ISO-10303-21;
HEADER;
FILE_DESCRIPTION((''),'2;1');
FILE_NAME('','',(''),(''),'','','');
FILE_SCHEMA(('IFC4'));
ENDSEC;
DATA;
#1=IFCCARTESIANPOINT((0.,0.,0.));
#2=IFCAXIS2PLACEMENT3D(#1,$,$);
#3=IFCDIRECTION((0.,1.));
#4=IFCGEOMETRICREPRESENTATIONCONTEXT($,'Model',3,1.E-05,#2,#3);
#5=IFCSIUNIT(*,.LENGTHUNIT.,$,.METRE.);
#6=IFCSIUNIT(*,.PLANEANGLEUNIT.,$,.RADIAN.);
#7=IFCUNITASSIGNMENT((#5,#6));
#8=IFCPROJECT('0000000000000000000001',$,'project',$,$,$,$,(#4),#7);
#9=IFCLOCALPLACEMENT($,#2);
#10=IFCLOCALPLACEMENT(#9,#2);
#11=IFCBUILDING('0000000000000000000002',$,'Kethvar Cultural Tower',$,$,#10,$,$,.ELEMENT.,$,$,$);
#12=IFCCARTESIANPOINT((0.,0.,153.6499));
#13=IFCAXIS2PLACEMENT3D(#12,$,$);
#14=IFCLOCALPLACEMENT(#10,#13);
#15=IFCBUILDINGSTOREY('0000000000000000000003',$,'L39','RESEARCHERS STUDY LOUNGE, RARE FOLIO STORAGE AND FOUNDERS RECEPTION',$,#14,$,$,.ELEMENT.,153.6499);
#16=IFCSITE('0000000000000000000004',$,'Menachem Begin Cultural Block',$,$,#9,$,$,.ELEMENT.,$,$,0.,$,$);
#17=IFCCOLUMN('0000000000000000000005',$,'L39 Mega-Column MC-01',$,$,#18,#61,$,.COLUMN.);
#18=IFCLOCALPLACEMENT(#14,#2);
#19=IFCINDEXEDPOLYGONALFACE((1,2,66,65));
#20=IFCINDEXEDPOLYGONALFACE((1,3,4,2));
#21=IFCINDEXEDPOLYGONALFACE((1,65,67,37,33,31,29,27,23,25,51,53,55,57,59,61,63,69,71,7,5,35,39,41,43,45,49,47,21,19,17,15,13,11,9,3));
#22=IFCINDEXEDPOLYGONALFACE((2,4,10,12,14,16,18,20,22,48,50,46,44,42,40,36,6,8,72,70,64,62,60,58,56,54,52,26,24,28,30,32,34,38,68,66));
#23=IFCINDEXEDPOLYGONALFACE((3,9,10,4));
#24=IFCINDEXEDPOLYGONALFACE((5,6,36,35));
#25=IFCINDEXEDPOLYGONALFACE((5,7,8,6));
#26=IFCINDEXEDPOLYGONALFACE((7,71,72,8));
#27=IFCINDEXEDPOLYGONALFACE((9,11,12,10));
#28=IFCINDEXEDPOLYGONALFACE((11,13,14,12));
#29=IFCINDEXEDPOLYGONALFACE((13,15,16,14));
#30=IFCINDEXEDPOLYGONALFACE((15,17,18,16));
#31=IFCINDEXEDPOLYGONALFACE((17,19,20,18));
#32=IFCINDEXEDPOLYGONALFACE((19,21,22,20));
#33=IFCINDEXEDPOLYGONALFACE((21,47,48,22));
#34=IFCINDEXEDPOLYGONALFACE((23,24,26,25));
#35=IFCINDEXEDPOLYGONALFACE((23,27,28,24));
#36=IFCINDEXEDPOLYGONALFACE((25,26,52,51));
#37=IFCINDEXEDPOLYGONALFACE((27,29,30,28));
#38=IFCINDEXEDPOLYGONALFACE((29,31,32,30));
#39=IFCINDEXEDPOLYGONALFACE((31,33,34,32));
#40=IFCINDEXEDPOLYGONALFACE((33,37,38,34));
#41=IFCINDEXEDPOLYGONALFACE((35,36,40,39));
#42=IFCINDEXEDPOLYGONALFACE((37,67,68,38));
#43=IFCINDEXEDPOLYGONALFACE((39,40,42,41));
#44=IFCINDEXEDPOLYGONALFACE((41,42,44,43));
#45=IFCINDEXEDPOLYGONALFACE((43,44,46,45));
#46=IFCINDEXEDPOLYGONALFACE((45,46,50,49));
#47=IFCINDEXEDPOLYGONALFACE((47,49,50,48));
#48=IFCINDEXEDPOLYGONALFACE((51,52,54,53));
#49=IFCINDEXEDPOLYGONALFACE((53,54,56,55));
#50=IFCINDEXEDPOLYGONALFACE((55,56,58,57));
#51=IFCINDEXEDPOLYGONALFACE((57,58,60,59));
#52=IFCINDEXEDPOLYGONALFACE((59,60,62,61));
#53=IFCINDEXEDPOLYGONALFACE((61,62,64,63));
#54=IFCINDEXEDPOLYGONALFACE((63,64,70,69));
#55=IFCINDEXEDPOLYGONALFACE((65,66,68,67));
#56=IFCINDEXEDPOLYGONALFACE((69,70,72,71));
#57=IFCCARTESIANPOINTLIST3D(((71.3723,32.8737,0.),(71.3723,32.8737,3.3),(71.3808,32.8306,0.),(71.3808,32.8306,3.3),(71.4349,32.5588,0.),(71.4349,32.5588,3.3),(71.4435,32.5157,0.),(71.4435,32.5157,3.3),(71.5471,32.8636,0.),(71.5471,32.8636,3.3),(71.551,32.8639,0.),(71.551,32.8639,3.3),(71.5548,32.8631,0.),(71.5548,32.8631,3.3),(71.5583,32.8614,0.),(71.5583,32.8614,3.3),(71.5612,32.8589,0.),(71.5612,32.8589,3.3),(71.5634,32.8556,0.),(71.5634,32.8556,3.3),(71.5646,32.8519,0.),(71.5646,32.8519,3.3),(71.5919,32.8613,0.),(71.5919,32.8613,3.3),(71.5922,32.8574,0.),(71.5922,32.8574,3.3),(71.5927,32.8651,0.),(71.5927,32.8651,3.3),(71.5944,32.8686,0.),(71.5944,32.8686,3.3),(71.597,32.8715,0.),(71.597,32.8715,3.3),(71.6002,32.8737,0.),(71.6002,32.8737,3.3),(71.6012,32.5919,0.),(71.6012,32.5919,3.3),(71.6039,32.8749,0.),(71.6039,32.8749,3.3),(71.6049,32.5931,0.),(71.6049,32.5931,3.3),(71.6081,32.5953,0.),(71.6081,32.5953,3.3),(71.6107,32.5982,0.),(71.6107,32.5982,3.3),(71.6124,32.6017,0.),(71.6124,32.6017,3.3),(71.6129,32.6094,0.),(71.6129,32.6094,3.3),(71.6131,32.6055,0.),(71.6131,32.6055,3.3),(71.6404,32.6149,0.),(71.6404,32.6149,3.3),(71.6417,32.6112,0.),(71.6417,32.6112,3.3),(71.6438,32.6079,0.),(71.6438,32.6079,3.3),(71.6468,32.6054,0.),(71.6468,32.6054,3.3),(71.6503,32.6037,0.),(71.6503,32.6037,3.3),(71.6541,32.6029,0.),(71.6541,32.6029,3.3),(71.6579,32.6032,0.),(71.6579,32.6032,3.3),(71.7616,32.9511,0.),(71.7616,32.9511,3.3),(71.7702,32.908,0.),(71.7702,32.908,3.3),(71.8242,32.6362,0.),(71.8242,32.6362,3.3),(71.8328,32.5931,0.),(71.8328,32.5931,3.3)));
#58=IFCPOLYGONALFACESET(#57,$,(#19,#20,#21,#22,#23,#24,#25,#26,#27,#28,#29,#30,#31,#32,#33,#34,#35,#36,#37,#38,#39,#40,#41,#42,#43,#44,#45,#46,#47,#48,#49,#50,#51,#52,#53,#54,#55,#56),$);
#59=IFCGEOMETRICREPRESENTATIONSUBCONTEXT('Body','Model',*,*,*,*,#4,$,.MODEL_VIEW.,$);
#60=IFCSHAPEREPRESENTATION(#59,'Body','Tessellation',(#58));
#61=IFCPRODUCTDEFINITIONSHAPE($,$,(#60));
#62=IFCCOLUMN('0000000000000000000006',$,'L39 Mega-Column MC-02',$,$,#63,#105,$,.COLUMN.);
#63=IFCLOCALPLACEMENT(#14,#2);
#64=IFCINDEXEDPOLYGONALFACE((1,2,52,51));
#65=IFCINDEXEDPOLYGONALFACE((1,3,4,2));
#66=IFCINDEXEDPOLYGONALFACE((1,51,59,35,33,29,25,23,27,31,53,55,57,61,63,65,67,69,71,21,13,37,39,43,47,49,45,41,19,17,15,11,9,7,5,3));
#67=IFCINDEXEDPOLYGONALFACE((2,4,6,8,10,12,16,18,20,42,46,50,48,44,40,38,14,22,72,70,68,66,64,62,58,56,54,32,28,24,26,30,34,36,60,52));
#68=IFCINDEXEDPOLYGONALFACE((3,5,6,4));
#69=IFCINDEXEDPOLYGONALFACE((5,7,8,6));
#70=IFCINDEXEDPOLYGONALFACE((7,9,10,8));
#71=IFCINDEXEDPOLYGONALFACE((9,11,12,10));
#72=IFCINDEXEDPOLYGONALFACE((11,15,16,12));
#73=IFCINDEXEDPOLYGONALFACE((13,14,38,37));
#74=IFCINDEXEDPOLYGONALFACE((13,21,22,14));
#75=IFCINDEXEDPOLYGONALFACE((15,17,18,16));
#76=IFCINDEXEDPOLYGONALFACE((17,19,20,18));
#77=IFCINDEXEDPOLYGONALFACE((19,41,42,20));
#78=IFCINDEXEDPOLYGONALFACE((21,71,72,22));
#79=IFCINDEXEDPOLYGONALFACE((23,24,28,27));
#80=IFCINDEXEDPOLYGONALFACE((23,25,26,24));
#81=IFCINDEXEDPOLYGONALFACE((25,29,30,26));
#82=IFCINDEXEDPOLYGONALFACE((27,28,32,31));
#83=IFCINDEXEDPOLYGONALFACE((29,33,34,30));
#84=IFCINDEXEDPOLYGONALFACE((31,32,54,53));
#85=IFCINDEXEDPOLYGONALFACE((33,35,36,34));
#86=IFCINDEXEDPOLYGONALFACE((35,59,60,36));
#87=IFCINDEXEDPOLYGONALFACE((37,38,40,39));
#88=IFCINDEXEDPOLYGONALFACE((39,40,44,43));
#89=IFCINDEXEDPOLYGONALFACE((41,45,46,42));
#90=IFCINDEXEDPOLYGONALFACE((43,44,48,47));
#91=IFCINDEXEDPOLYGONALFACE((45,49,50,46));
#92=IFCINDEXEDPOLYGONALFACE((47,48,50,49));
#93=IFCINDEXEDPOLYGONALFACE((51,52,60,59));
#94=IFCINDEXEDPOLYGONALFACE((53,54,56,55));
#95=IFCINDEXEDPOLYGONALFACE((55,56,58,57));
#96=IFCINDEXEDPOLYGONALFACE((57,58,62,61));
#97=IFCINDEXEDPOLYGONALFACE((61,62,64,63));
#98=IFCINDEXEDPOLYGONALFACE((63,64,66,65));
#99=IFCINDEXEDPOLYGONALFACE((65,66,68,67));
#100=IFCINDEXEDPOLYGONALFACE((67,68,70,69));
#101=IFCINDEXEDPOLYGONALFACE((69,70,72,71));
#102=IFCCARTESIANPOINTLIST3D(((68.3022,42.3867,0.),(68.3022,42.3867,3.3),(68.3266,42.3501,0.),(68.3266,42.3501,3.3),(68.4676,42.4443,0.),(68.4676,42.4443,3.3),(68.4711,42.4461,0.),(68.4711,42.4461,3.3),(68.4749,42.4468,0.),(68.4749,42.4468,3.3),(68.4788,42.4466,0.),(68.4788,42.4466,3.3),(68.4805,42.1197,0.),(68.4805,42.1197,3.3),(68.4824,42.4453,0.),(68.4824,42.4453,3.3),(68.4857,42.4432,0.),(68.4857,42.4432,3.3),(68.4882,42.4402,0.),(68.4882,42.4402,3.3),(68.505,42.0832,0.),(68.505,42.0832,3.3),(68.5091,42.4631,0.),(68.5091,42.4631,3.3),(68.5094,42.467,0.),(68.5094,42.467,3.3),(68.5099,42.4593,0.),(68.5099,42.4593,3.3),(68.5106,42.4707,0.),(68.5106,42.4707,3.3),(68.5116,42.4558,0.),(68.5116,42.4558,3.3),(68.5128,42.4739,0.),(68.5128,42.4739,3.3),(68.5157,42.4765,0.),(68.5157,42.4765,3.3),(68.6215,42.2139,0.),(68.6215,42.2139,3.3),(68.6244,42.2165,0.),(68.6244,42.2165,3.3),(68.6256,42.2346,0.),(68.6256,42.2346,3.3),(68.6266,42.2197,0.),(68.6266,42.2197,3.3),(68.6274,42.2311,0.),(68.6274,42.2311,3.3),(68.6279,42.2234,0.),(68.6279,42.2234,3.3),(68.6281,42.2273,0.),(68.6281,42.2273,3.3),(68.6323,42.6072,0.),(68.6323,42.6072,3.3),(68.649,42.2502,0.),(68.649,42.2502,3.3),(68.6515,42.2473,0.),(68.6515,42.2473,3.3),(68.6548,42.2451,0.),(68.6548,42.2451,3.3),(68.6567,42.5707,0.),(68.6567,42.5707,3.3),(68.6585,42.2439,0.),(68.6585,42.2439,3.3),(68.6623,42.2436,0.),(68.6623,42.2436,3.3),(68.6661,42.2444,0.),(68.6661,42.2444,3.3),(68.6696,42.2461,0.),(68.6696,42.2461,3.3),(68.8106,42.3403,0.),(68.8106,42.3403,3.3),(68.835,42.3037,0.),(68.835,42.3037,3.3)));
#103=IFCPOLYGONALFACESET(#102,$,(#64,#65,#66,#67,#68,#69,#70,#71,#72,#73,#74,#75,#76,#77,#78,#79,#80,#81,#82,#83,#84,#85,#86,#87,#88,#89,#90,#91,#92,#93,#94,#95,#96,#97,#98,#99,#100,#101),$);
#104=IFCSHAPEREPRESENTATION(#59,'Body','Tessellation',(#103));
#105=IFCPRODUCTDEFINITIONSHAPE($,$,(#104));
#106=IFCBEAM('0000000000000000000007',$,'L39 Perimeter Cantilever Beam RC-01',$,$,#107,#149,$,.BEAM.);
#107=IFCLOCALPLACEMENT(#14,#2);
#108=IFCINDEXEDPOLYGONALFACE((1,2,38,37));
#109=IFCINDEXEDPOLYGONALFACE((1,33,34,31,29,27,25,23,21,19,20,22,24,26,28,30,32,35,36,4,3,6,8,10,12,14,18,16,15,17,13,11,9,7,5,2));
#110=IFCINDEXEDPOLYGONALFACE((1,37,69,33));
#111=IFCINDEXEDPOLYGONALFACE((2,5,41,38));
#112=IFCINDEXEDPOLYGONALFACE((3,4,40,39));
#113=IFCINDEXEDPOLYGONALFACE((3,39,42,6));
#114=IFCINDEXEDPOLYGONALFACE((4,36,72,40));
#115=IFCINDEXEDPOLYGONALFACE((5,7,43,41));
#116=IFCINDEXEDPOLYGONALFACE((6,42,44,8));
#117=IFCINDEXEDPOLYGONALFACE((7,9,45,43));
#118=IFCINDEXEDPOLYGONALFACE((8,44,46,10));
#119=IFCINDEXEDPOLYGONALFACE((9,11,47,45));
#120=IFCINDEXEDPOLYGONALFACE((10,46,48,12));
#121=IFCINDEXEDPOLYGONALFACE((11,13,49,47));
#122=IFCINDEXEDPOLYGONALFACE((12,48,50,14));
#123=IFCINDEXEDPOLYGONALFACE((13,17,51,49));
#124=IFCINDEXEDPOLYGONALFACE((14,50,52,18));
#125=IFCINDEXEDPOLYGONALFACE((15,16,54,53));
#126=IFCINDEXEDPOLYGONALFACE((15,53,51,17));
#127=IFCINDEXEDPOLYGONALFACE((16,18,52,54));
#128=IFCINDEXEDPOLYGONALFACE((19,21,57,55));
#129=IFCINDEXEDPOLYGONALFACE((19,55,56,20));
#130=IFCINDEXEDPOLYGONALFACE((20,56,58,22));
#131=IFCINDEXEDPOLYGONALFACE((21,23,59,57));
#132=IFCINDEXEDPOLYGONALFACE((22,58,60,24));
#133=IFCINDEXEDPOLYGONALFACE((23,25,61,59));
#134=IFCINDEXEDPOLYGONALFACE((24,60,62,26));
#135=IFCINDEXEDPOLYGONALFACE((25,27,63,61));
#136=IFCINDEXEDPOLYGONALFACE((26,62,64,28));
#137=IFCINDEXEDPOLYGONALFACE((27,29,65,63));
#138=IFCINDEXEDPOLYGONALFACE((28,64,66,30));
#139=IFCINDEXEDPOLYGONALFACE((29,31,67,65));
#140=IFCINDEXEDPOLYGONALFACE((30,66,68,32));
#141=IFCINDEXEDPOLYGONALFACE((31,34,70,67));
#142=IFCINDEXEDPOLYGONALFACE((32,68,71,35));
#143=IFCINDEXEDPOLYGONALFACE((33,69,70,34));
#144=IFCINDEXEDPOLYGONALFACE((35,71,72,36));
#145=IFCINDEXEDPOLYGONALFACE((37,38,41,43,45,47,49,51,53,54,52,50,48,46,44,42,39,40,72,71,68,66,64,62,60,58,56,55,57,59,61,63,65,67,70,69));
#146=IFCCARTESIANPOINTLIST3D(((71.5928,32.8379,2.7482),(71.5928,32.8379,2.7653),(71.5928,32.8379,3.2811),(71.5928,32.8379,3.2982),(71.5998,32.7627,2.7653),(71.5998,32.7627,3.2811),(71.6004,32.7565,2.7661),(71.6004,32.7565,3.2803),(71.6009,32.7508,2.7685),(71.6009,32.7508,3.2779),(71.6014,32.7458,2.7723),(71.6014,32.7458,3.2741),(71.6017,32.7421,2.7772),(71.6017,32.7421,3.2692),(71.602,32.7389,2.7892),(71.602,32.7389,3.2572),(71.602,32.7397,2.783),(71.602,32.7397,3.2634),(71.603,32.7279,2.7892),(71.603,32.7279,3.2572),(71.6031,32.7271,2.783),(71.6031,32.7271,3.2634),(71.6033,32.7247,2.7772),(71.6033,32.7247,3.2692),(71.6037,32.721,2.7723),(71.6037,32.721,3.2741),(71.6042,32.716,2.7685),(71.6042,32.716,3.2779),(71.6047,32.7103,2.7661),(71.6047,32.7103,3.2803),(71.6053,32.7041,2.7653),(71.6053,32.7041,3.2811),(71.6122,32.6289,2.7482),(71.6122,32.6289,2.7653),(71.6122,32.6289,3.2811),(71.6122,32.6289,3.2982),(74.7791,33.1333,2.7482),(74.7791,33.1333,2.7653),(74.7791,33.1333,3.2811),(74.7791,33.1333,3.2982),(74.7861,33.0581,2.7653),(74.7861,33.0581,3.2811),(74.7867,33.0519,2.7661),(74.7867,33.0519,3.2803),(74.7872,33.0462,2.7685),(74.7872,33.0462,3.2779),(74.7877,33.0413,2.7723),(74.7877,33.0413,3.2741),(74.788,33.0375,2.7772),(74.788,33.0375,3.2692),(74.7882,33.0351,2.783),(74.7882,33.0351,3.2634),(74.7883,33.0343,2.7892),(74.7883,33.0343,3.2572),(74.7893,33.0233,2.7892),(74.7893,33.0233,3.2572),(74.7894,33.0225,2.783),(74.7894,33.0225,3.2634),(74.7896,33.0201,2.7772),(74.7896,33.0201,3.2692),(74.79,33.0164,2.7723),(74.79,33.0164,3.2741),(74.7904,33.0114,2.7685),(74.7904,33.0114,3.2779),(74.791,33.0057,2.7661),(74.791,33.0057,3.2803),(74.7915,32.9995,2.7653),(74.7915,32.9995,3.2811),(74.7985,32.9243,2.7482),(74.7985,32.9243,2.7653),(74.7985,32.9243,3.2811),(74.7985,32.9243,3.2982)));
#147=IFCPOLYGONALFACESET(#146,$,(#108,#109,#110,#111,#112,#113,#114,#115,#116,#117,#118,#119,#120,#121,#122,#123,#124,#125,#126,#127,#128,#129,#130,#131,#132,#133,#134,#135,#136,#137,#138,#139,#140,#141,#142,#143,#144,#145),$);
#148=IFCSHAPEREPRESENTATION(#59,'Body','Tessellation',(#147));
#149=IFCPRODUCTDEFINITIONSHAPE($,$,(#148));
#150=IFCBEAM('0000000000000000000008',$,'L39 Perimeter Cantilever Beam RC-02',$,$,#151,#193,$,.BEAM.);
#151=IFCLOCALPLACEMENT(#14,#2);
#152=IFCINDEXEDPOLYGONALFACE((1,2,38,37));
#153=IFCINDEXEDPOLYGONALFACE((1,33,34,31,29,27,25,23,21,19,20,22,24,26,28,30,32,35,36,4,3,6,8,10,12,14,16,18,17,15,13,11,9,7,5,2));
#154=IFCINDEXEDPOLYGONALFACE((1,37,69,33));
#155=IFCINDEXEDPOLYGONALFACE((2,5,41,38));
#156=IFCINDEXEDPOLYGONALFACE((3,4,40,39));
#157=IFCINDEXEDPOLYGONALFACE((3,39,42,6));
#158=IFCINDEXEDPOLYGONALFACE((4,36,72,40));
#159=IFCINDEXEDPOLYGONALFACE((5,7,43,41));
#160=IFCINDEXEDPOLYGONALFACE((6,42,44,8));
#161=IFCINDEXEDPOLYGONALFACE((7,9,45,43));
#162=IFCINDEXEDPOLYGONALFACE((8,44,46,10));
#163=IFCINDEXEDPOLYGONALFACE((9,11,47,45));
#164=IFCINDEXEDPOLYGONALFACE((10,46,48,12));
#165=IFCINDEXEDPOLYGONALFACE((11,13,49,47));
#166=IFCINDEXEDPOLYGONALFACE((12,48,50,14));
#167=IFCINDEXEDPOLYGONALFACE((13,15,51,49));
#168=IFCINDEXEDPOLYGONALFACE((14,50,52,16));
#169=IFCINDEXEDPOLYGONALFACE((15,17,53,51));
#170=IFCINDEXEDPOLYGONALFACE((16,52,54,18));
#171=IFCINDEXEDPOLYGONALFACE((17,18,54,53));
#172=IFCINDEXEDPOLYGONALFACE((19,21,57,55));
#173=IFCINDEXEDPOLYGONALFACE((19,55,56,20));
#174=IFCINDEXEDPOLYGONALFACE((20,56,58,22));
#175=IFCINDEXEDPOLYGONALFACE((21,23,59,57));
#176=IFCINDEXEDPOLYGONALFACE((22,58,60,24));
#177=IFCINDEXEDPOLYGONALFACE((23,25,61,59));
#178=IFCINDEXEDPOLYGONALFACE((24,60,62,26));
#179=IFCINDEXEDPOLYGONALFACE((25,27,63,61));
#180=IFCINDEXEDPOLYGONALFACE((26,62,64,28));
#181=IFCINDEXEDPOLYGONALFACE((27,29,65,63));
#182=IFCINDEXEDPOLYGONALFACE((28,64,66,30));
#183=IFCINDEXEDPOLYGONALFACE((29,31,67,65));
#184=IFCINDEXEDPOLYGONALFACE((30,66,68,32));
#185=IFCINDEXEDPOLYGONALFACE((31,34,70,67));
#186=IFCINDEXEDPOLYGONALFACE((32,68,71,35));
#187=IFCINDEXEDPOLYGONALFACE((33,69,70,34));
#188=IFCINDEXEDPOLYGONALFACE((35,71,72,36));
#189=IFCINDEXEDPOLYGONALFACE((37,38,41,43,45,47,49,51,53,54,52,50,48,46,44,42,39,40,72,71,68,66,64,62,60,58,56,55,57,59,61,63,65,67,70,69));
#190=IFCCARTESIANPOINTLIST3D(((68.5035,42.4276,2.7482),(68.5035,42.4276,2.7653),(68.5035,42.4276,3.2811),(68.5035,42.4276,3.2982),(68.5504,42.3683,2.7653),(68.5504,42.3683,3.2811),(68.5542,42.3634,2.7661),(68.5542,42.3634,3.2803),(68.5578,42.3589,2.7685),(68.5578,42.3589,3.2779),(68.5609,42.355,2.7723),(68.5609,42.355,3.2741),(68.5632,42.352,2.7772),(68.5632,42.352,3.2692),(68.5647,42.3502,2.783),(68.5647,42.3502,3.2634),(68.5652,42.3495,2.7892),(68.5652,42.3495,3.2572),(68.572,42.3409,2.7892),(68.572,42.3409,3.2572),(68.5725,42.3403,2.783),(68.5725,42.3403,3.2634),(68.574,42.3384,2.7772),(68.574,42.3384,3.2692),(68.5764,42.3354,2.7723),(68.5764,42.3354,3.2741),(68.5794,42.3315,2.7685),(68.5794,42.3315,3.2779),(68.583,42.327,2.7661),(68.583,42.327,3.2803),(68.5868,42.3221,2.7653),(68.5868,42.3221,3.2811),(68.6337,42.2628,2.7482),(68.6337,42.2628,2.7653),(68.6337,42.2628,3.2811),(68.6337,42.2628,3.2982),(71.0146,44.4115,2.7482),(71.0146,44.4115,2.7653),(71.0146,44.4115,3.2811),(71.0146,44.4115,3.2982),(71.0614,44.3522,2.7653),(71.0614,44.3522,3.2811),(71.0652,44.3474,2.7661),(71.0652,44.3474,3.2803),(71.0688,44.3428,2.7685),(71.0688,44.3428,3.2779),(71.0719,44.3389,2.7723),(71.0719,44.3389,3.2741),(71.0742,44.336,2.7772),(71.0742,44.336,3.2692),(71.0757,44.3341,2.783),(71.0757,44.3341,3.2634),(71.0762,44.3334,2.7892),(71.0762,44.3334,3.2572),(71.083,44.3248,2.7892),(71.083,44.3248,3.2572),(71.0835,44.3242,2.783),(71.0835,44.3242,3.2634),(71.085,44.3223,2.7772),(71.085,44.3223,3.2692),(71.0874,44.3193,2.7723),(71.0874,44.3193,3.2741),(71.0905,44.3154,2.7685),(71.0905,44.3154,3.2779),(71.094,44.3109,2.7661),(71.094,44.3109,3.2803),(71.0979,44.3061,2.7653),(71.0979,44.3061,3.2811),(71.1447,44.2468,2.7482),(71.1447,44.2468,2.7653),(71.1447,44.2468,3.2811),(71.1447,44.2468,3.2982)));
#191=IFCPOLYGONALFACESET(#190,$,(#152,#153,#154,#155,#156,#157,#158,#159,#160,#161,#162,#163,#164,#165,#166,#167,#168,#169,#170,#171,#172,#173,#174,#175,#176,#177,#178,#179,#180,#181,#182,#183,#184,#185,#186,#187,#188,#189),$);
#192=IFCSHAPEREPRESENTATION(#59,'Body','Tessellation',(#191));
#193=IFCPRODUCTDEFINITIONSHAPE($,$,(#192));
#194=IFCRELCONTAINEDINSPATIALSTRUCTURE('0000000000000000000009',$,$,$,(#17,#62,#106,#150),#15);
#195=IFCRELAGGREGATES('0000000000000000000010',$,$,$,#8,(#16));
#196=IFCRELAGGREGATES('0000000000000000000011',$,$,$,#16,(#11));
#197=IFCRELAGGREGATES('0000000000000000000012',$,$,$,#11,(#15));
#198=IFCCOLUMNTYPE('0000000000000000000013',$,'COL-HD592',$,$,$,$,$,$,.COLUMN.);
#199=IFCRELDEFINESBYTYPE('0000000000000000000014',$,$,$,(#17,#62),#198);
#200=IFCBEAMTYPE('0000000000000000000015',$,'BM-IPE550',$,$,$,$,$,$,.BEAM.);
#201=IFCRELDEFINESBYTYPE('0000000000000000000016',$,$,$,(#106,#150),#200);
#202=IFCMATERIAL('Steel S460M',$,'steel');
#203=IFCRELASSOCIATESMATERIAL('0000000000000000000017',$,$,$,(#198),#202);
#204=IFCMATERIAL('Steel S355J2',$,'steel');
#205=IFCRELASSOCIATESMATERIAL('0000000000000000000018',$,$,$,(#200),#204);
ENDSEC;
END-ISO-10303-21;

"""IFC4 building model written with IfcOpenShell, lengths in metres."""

from ifc_helpers import new_model, si_unit, direction, frame, origin, origin_2d, place, context, subcontext, project, spatial, i_section, extrude, source, transform, mapped, material, material_profile, profile_set, type_object, element, save


model = new_model("IFC4")

# Units and contexts
model_context = context("Model", 3, precision=1e-05, world=origin(), true_north=direction((0.0, 1.0)))
body_context = subcontext(model_context, "Body", "Model", "MODEL_VIEW")
ifc_project = project(units=[si_unit("LENGTHUNIT", "METRE"), si_unit("PLANEANGLEUNIT", "RADIAN")], contexts=[model_context])

# Site, building, storey
site_placement = place(None, origin())
site = spatial("IfcSite", under=ifc_project, at=site_placement, Name="Menachem Begin Cultural Block", CompositionType="ELEMENT", RefElevation=0.0)
building_placement = place(site_placement, origin())
building = spatial("IfcBuilding", under=site, at=building_placement, Name="Kethvar Cultural Tower", CompositionType="ELEMENT")
storey_placement = place(building_placement, frame((0.0, 0.0, 153.6499)))
storey = spatial("IfcBuildingStorey", under=building, at=storey_placement, Name="L39", Description="RESEARCHERS STUDY LOUNGE, RARE FOLIO STORAGE AND FOUNDERS RECEPTION", CompositionType="ELEMENT", Elevation=153.6499)

# Columns
ifc_material_1 = material(Name="Steel S460M", Category="steel")
ifc_material_profile_1 = material_profile(ifc_material_1, i_section(OverallWidth=0.397, OverallDepth=0.365, WebThickness=0.0281, FlangeThickness=0.0439, FilletRadius=0.0149, at=origin_2d()), Name="Steel S460M — HD400x592")
ifc_profile_set_1 = profile_set([ifc_material_profile_1], Name="Steel S460M — HD400x592")
column_type = type_object("IfcColumnType", Name="COL-HD592", PredefinedType="COLUMN", material=ifc_profile_set_1)
shared_shape_1 = source(origin(), body_context, "Body", "SweptSolid", [
    extrude(i_section(OverallWidth=0.397, OverallDepth=0.365, WebThickness=0.0281, FlangeThickness=0.0439, FilletRadius=0.0149, at=origin_2d()), origin(), (0.0, 0.0, 1.0), 3.3),
])
for number, where, z_axis, x_axis, name in (
    (1, (71.6025, 32.7334, 0.0), (0.0, 0.0, 1.0), (0.980785, 0.19509, 0.0), "L39 Mega-Column MC-01"),
    (2, (68.5686, 42.3452, 0.0), (0.0, 0.0, 1.0), (0.83147, 0.55557, 0.0), "L39 Mega-Column MC-02"),
):
    element("IfcColumn", number, at=place(storey_placement, frame(where, z_axis=z_axis, x_axis=x_axis)), inside=storey, type_object=column_type, Name=name, PredefinedType="COLUMN", context=body_context, shape_type="MappedRepresentation", body=[
        mapped(shared_shape_1, transform((0.0, 0.0, 0.0), scale=1.0)),
    ])

# Beams
ifc_material_2 = material(Name="Steel S355J2", Category="steel")
ifc_material_profile_2 = material_profile(ifc_material_2, i_section(OverallWidth=0.21, OverallDepth=0.55, WebThickness=0.011, FlangeThickness=0.0171, FilletRadius=0.0239, at=origin_2d()), Name="Steel S355J2 — IPE550")
ifc_profile_set_2 = profile_set([ifc_material_profile_2], Name="Steel S355J2 — IPE550")
beam_type_1 = type_object("IfcBeamType", Name="BM-IPE550", PredefinedType="BEAM", material=ifc_profile_set_2)
shared_shape_2 = source(origin(), body_context, "Body", "SweptSolid", [
    extrude(i_section(OverallWidth=0.21, OverallDepth=0.55, WebThickness=0.011, FlangeThickness=0.0171, FilletRadius=0.0239, at=origin_2d()), origin(), (0.0, 0.0, 1.0), 3.2),
])
beam_1_placement = place(storey_placement, frame((71.6025, 32.7334, 3.0232), z_axis=(0.99573, 0.092317, 0.0), x_axis=(-0.092317, 0.99573, 0.0)))
element("IfcBeam", 3, at=beam_1_placement, inside=storey, type_object=beam_type_1, Name="L39 Perimeter Cantilever Beam RC-01", PredefinedType="BEAM", context=body_context, shape_type="MappedRepresentation", body=[
    mapped(shared_shape_2, transform((0.0, 0.0, 0.0), scale=1.0)),
])
shared_shape_3 = source(origin(), body_context, "Body", "SweptSolid", [
    extrude(i_section(OverallWidth=0.21, OverallDepth=0.55, WebThickness=0.011, FlangeThickness=0.0171, FilletRadius=0.0239, at=origin_2d()), origin(), (0.0, 0.0, 1.0), 3.2002),
])
beam_2_placement = place(storey_placement, frame((68.5686, 42.3452, 3.0232), z_axis=(0.78465, 0.619939, 0.0), x_axis=(-0.619939, 0.78465, 0.0)))
element("IfcBeam", 4, at=beam_2_placement, inside=storey, type_object=beam_type_1, Name="L39 Perimeter Cantilever Beam RC-02", PredefinedType="BEAM", context=body_context, shape_type="MappedRepresentation", body=[
    mapped(shared_shape_3, transform((0.0, 0.0, 0.0), scale=1.0)),
])

save(model, "model.ifc")
